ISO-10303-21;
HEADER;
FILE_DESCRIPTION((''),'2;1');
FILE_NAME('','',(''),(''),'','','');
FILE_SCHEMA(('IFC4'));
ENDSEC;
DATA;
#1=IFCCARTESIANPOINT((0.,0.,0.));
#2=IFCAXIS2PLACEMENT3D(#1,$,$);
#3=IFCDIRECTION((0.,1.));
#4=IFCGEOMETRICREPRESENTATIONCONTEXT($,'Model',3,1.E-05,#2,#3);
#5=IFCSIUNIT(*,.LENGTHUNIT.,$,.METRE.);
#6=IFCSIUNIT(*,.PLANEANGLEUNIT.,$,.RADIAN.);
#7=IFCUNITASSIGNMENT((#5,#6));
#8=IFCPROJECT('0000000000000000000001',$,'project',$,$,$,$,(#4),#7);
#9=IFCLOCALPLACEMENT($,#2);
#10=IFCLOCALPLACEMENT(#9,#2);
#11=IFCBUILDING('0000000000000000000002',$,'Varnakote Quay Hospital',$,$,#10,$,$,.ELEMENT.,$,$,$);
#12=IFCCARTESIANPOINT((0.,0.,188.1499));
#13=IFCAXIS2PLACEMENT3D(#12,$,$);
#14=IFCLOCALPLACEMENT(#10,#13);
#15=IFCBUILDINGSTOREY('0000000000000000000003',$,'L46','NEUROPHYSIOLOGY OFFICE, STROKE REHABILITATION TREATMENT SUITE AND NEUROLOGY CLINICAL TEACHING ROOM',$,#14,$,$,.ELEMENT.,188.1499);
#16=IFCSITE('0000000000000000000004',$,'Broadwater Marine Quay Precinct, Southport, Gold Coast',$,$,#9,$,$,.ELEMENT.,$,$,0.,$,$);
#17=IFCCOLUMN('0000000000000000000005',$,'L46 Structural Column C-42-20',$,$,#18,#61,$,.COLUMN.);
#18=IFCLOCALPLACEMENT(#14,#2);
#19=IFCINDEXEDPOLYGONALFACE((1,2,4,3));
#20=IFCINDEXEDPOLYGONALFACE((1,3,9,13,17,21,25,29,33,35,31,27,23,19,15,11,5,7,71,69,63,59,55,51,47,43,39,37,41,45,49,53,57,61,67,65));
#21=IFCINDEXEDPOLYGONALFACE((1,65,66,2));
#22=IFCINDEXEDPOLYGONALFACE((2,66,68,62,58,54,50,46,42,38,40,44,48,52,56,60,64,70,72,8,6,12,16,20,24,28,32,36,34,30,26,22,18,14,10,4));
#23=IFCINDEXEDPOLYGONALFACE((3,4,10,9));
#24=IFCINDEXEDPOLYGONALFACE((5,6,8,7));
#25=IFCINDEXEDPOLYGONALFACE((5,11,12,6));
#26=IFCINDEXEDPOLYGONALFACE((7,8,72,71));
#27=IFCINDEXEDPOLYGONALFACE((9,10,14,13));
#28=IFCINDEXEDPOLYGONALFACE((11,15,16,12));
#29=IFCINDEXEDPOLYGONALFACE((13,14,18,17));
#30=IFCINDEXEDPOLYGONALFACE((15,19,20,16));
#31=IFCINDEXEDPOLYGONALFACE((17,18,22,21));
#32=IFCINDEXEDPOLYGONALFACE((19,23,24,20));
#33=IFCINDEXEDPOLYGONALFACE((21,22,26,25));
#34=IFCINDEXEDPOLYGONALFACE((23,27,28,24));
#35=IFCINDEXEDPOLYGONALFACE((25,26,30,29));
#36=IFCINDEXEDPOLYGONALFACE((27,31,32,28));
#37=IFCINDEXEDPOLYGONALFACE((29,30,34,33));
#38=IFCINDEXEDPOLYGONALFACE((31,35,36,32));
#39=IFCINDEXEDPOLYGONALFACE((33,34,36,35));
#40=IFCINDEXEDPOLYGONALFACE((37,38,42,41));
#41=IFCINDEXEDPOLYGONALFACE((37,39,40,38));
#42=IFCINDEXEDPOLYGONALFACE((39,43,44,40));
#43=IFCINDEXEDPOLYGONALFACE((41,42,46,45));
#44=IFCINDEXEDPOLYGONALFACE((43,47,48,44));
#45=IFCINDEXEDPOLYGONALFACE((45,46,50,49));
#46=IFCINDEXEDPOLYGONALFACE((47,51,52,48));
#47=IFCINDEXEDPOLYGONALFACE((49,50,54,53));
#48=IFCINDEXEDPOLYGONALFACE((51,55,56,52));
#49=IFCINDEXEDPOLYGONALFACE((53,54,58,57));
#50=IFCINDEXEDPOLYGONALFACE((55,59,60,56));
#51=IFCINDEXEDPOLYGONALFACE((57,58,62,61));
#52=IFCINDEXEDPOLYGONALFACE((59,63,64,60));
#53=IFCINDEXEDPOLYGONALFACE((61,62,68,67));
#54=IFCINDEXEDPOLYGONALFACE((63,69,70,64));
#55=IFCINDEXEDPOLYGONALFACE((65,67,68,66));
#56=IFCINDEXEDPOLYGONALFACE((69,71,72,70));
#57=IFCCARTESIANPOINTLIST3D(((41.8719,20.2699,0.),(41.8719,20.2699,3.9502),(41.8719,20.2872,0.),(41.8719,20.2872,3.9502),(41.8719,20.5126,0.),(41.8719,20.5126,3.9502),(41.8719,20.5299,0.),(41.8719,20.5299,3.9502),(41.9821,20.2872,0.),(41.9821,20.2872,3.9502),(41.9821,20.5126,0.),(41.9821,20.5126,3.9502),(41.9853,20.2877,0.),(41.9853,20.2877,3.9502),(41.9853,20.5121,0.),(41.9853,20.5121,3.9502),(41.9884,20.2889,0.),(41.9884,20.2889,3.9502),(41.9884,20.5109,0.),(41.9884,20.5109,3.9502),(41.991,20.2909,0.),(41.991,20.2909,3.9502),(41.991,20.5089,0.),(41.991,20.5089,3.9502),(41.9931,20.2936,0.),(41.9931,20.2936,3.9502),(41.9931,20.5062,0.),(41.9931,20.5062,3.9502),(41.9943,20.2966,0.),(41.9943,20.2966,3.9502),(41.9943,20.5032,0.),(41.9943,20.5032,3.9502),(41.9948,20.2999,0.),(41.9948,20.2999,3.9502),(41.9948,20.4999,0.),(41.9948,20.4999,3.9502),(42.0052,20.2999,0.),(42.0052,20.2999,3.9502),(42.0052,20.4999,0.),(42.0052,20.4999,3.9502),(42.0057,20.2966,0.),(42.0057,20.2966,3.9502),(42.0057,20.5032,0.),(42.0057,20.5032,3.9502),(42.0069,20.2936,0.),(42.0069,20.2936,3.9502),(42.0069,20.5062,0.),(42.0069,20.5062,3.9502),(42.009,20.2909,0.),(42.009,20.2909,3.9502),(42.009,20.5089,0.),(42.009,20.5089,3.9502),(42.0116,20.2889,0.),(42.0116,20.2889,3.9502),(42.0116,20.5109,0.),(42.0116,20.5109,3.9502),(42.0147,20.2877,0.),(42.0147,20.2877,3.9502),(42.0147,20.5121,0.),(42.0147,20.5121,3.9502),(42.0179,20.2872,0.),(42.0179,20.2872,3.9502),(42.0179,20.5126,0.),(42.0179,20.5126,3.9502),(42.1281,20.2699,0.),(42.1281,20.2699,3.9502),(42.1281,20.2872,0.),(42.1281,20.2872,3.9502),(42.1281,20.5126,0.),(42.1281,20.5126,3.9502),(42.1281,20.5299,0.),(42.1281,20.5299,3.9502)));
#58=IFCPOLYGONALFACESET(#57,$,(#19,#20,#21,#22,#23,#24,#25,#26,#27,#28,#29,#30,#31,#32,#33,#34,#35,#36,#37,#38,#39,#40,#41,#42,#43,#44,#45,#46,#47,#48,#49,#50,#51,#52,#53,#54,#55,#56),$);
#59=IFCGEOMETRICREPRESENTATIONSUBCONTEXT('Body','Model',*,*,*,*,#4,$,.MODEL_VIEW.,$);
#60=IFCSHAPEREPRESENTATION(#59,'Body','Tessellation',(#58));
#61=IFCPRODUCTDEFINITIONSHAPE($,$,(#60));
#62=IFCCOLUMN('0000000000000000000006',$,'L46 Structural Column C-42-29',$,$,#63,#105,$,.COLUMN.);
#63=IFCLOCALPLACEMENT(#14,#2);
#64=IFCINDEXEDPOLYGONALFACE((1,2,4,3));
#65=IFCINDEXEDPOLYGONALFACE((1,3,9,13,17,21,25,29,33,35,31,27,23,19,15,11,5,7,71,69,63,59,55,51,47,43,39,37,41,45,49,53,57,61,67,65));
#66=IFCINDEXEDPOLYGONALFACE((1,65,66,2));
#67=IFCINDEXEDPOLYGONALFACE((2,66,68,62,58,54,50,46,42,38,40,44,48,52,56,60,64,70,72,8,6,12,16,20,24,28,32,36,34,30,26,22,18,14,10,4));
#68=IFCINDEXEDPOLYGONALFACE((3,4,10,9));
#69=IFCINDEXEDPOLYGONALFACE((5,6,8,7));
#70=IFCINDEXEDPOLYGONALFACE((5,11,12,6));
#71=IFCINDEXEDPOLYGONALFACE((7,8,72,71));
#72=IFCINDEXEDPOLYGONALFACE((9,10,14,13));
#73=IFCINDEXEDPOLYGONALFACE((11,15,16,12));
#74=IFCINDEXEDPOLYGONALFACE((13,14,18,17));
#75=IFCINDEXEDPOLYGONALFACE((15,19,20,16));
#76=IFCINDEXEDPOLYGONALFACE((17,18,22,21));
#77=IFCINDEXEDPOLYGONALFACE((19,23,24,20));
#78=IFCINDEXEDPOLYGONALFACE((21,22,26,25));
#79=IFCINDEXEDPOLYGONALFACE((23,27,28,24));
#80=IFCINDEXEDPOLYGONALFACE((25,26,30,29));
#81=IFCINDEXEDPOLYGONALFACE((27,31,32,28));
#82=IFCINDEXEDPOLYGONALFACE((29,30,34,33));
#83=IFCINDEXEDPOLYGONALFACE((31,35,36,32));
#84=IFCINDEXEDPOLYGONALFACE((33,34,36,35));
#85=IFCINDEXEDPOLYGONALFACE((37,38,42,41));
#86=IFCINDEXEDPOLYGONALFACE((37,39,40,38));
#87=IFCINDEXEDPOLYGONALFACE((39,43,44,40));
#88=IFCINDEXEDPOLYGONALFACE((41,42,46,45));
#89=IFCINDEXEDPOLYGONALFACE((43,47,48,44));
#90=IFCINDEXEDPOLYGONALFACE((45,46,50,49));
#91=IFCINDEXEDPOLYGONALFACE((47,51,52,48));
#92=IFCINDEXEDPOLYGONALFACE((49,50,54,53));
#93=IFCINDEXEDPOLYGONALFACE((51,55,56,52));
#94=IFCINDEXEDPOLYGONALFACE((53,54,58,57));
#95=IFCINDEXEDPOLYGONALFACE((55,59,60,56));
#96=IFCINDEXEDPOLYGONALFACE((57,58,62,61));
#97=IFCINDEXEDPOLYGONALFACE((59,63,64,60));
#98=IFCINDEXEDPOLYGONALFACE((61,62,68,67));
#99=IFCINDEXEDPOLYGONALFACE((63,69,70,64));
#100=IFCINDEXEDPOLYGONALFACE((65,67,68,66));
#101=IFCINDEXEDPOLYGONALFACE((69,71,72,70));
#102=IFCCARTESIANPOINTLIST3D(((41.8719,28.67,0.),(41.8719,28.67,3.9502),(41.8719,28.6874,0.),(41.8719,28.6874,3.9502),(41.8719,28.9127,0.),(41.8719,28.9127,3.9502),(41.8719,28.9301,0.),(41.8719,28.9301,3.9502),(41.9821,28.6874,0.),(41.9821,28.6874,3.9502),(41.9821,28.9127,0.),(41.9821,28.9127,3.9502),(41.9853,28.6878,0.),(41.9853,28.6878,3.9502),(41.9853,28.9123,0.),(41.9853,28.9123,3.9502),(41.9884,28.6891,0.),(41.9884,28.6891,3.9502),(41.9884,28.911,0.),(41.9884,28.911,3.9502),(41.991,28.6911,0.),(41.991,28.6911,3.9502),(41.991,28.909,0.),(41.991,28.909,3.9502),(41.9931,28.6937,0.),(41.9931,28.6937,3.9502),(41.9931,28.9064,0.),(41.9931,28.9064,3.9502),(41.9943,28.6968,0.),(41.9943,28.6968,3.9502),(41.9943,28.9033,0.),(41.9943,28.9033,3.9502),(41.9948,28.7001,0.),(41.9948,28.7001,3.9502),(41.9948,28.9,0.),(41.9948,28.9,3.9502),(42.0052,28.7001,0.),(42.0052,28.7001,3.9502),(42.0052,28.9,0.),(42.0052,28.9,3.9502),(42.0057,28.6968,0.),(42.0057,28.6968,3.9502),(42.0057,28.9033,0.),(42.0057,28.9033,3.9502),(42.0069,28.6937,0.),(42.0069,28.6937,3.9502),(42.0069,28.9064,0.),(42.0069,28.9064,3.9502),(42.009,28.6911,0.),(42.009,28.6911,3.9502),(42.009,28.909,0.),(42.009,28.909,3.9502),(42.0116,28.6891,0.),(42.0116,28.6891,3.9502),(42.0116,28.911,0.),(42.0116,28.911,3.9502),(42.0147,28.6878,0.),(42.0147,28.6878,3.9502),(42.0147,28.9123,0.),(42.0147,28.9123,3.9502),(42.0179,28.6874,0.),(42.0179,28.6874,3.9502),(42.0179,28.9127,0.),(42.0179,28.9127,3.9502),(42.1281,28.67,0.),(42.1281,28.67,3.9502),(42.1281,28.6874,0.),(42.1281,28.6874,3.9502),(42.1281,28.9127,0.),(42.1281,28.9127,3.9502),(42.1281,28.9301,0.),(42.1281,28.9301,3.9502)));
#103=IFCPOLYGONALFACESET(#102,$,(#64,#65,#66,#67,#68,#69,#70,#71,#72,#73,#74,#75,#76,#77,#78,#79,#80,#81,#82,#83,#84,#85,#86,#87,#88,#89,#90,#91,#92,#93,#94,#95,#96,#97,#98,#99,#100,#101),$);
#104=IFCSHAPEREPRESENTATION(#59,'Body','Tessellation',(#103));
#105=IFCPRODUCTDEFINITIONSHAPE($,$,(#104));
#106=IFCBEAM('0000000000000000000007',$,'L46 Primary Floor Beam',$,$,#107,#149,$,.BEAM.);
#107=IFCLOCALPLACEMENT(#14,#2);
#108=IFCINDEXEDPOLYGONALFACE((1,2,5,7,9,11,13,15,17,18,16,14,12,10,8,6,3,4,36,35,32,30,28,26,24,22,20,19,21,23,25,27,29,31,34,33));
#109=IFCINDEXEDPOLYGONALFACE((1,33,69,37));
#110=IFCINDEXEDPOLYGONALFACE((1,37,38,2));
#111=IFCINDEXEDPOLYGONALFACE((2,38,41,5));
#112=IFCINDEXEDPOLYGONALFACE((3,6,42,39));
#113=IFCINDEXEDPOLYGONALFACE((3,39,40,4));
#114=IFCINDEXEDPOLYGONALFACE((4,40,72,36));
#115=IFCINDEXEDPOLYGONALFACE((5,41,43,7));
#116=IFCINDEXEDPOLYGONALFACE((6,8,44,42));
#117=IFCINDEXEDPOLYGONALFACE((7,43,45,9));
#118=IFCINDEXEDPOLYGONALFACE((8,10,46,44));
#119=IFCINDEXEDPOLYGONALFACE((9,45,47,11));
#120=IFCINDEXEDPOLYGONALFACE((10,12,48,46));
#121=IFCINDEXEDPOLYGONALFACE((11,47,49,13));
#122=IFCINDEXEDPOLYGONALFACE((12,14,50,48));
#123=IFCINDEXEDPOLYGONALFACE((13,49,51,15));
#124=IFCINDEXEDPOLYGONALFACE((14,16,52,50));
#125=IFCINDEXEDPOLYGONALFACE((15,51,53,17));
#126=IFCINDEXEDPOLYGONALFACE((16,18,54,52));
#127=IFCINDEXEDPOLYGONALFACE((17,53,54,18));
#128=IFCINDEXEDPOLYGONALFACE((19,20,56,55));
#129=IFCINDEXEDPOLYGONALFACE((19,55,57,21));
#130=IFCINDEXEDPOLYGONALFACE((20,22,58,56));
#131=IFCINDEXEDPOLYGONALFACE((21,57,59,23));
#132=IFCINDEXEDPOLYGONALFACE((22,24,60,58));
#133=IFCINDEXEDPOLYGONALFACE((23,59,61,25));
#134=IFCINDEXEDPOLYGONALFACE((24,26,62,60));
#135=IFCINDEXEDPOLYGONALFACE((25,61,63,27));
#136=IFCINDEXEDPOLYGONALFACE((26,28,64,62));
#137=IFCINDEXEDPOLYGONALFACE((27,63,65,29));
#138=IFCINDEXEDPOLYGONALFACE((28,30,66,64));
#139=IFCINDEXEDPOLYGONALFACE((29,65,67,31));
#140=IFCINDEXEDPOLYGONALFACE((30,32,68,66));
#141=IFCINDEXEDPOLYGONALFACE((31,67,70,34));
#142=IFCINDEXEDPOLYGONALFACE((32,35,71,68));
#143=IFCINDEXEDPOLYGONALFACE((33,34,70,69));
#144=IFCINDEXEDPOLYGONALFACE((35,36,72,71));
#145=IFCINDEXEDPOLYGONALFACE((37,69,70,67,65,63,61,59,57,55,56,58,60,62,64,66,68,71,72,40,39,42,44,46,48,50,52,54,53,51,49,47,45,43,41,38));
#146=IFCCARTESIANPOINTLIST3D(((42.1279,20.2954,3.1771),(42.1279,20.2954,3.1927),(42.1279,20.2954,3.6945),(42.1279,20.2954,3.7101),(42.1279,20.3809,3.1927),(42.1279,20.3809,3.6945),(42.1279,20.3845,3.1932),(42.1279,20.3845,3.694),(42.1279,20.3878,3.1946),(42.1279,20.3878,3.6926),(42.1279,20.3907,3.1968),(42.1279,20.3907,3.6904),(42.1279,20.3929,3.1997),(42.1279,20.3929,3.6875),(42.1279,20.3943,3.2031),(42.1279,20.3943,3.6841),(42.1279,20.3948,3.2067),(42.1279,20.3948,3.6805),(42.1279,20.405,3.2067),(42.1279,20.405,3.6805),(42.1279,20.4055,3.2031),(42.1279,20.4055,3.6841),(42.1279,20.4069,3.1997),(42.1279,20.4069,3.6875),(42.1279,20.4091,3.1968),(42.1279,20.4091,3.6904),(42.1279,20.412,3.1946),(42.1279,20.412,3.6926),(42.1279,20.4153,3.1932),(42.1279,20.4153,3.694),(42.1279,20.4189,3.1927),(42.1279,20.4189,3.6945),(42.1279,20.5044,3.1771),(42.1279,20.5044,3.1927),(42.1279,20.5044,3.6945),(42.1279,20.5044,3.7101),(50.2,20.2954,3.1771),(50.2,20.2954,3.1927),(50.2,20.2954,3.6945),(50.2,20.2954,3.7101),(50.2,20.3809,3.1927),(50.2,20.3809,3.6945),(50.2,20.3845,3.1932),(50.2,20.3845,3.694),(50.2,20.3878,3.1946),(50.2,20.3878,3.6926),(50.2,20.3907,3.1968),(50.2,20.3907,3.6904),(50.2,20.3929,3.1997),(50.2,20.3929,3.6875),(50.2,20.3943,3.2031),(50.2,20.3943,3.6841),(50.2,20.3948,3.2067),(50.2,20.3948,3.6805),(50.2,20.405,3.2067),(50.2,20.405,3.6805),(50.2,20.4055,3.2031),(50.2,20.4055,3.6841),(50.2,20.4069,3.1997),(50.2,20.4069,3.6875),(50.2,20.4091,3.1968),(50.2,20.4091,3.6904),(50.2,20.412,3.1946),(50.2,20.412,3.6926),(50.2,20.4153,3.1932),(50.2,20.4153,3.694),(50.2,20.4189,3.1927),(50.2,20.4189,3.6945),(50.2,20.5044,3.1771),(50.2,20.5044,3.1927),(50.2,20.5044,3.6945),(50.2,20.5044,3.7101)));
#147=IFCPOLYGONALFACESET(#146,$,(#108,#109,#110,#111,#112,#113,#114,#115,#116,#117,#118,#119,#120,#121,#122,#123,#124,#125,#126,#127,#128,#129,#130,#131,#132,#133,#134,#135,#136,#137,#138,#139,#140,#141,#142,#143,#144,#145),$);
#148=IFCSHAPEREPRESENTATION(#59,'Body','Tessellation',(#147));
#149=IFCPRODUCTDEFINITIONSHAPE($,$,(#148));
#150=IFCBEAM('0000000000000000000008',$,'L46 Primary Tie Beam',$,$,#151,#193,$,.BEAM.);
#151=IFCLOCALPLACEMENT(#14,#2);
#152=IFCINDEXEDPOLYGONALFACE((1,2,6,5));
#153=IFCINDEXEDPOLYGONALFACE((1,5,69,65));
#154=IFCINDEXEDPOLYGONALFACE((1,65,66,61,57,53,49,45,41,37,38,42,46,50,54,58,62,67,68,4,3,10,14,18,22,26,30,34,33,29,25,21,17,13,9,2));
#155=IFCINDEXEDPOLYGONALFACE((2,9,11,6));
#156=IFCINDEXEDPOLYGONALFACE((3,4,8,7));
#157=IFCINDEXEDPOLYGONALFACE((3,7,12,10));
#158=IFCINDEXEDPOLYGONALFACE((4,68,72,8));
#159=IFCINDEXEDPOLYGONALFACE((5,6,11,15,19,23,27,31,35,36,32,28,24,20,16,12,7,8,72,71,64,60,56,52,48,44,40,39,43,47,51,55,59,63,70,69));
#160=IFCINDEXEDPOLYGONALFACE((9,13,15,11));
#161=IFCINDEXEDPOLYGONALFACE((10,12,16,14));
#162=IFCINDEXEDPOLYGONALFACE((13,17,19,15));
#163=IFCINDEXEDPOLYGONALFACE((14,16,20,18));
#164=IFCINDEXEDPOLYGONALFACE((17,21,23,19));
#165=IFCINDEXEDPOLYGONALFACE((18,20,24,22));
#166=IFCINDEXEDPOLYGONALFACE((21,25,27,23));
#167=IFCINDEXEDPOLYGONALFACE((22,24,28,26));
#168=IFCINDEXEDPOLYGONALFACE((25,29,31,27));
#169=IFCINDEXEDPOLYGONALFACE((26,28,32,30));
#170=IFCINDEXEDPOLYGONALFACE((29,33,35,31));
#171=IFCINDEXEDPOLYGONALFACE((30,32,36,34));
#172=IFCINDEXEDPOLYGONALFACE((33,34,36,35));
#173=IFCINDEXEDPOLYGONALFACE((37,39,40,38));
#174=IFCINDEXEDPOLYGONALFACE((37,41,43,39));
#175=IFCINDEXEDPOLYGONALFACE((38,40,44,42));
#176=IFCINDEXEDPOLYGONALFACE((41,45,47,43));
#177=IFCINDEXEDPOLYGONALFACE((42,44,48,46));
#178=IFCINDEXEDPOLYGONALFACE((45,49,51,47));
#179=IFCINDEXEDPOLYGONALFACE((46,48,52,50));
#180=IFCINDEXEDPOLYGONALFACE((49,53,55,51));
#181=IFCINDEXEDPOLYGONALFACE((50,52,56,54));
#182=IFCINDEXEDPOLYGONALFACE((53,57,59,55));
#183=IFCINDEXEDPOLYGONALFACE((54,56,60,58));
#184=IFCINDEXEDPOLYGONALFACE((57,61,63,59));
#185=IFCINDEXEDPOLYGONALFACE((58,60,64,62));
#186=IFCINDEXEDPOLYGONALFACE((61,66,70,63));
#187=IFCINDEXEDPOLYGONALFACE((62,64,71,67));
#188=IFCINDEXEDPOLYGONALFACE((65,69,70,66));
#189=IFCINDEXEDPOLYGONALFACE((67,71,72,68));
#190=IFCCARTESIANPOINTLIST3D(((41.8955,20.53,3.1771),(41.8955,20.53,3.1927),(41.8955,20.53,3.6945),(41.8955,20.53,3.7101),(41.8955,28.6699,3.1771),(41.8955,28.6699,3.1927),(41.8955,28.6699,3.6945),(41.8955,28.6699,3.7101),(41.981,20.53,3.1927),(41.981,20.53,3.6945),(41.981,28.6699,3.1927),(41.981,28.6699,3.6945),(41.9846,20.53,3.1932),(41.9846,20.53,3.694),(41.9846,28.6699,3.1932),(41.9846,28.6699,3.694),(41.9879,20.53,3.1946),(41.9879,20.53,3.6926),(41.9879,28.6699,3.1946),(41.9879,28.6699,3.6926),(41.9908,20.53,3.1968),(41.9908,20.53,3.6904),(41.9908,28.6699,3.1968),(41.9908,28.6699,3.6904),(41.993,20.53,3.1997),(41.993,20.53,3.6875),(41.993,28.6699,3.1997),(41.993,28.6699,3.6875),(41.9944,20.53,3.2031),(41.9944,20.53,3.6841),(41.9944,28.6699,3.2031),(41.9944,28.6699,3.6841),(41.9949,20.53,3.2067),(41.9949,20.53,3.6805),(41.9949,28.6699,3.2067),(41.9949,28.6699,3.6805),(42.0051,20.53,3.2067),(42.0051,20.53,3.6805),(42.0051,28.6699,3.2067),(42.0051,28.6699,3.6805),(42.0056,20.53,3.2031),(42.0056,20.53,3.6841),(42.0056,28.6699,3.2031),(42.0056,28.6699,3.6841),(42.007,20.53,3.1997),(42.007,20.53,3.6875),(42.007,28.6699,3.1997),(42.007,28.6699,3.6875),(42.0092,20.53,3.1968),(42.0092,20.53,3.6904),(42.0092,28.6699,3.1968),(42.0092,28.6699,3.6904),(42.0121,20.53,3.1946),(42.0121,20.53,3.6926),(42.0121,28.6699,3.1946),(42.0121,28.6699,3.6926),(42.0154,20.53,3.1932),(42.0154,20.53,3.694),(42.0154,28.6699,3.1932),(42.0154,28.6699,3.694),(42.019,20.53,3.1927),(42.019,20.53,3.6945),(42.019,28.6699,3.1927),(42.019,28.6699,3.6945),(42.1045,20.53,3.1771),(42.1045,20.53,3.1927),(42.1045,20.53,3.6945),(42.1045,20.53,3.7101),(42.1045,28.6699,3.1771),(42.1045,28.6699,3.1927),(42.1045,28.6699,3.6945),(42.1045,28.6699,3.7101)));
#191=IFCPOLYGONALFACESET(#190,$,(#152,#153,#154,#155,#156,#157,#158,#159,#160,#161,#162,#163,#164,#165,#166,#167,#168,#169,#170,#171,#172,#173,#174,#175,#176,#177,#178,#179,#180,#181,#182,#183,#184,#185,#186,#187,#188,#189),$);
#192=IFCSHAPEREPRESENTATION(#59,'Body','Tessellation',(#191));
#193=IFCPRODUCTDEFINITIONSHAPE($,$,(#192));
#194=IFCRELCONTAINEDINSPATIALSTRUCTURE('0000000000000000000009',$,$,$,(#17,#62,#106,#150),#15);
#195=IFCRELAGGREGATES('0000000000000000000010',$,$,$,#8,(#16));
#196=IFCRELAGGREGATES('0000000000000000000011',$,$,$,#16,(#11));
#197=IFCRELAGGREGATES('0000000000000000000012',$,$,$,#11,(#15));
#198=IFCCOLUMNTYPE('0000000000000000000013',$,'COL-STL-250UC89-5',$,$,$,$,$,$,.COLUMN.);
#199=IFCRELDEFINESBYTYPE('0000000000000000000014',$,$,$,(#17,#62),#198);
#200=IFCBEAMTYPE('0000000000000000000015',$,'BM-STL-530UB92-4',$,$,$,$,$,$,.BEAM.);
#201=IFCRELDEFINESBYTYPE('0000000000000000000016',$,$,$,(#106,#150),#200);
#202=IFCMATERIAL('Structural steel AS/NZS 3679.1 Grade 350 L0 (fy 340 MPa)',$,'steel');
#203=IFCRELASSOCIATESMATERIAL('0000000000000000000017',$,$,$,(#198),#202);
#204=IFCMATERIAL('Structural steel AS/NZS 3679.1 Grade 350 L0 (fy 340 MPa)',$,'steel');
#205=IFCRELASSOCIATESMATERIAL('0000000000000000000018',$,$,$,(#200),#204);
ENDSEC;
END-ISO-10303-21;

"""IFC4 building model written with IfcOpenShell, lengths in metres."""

from ifc_helpers import new_model, si_unit, direction, frame, origin, origin_2d, place, context, subcontext, project, spatial, i_section, extrude, material, material_profile, profile_set, type_object, element, save


model = new_model("IFC4")

# Units and contexts
model_context = context("Model", 3, precision=1e-05, world=origin(), true_north=direction((0.0, 1.0)))
body_context = subcontext(model_context, "Body", "Model", "MODEL_VIEW")
ifc_project = project(units=[si_unit("LENGTHUNIT", "METRE"), si_unit("PLANEANGLEUNIT", "RADIAN")], contexts=[model_context])

# Site, building, storey
site_placement = place(None, origin())
site = spatial("IfcSite", under=ifc_project, at=site_placement, Name="Broadwater Marine Quay Precinct, Southport, Gold Coast", CompositionType="ELEMENT", RefElevation=0.0)
building_placement = place(site_placement, origin())
building = spatial("IfcBuilding", under=site, at=building_placement, Name="Varnakote Quay Hospital", CompositionType="ELEMENT")
storey_placement = place(building_placement, frame((0.0, 0.0, 188.1499)))
storey = spatial("IfcBuildingStorey", under=building, at=storey_placement, Name="L46", Description="NEUROPHYSIOLOGY OFFICE, STROKE REHABILITATION TREATMENT SUITE AND NEUROLOGY CLINICAL TEACHING ROOM", CompositionType="ELEMENT", Elevation=188.1499)

# Columns
ifc_material_1 = material(Name="Structural steel AS/NZS 3679.1 Grade 350 L0 (fy 340 MPa)", Category="steel")
ifc_material_profile_1 = material_profile(ifc_material_1, i_section(OverallWidth=0.2561, OverallDepth=0.26, WebThickness=0.0105, FlangeThickness=0.0173, FilletRadius=0.0127, at=origin_2d()), Name="250UC89.5")
ifc_profile_set_1 = profile_set([ifc_material_profile_1], Name="Structural steel AS/NZS 3679.1 Grade 350 L0 (fy 340 MPa)")
column_type = type_object("IfcColumnType", Name="COL-STL-250UC89-5", PredefinedType="COLUMN", material=ifc_profile_set_1)
for number, where, z_axis, x_axis, name in (
    (1, (42.0, 20.3999, 0.0), (0.0, 0.0, 1.0), (1.0, 0.0, 0.0), "L46 Structural Column C-42-20"),
    (2, (42.0, 28.8, 0.0), (0.0, 0.0, 1.0), (1.0, 0.0, 0.0), "L46 Structural Column C-42-29"),
):
    element("IfcColumn", number, at=place(storey_placement, frame(where, z_axis=z_axis, x_axis=x_axis)), inside=storey, type_object=column_type, Name=name, PredefinedType="COLUMN", context=body_context, shape_type="SweptSolid", body=[
        extrude(i_section(OverallWidth=0.2561, OverallDepth=0.26, WebThickness=0.0105, FlangeThickness=0.0173, FilletRadius=0.0127, at=origin_2d()), origin(), (0.0, 0.0, 1.0), 3.9502),
    ])

# Beams
ifc_material_2 = material(Name="Structural steel AS/NZS 3679.1 Grade 350 L0 (fy 340 MPa)", Category="steel")
ifc_material_profile_2 = material_profile(ifc_material_2, i_section(OverallWidth=0.209, OverallDepth=0.533, WebThickness=0.0103, FlangeThickness=0.0156, FilletRadius=0.0139, at=origin_2d()), Name="530UB92.4")
ifc_profile_set_2 = profile_set([ifc_material_profile_2], Name="Structural steel AS/NZS 3679.1 Grade 350 L0 (fy 340 MPa)")
beam_type = type_object("IfcBeamType", Name="BM-STL-530UB92-4", PredefinedType="BEAM", material=ifc_profile_set_2)
beam_1_placement = place(storey_placement, frame((42.1279, 20.3999, 3.4436), z_axis=(1.0, 0.0, 0.0), x_axis=(0.0, 1.0, 0.0)))
element("IfcBeam", 3, at=beam_1_placement, inside=storey, type_object=beam_type, Name="L46 Primary Floor Beam", PredefinedType="BEAM", context=body_context, shape_type="SweptSolid", body=[
    extrude(i_section(OverallWidth=0.209, OverallDepth=0.533, WebThickness=0.0103, FlangeThickness=0.0156, FilletRadius=0.0139, at=origin_2d()), origin(), (0.0, 0.0, 1.0), 8.072),
])
beam_2_placement = place(storey_placement, frame((42.0, 20.53, 3.4436), z_axis=(0.0, 1.0, 0.0), x_axis=(-1.0, 0.0, 0.0)))
element("IfcBeam", 4, at=beam_2_placement, inside=storey, type_object=beam_type, Name="L46 Primary Tie Beam", PredefinedType="BEAM", context=body_context, shape_type="SweptSolid", body=[
    extrude(i_section(OverallWidth=0.209, OverallDepth=0.533, WebThickness=0.0103, FlangeThickness=0.0156, FilletRadius=0.0139, at=origin_2d()), origin(), (0.0, 0.0, 1.0), 8.1399),
])

save(model, "model.ifc")
